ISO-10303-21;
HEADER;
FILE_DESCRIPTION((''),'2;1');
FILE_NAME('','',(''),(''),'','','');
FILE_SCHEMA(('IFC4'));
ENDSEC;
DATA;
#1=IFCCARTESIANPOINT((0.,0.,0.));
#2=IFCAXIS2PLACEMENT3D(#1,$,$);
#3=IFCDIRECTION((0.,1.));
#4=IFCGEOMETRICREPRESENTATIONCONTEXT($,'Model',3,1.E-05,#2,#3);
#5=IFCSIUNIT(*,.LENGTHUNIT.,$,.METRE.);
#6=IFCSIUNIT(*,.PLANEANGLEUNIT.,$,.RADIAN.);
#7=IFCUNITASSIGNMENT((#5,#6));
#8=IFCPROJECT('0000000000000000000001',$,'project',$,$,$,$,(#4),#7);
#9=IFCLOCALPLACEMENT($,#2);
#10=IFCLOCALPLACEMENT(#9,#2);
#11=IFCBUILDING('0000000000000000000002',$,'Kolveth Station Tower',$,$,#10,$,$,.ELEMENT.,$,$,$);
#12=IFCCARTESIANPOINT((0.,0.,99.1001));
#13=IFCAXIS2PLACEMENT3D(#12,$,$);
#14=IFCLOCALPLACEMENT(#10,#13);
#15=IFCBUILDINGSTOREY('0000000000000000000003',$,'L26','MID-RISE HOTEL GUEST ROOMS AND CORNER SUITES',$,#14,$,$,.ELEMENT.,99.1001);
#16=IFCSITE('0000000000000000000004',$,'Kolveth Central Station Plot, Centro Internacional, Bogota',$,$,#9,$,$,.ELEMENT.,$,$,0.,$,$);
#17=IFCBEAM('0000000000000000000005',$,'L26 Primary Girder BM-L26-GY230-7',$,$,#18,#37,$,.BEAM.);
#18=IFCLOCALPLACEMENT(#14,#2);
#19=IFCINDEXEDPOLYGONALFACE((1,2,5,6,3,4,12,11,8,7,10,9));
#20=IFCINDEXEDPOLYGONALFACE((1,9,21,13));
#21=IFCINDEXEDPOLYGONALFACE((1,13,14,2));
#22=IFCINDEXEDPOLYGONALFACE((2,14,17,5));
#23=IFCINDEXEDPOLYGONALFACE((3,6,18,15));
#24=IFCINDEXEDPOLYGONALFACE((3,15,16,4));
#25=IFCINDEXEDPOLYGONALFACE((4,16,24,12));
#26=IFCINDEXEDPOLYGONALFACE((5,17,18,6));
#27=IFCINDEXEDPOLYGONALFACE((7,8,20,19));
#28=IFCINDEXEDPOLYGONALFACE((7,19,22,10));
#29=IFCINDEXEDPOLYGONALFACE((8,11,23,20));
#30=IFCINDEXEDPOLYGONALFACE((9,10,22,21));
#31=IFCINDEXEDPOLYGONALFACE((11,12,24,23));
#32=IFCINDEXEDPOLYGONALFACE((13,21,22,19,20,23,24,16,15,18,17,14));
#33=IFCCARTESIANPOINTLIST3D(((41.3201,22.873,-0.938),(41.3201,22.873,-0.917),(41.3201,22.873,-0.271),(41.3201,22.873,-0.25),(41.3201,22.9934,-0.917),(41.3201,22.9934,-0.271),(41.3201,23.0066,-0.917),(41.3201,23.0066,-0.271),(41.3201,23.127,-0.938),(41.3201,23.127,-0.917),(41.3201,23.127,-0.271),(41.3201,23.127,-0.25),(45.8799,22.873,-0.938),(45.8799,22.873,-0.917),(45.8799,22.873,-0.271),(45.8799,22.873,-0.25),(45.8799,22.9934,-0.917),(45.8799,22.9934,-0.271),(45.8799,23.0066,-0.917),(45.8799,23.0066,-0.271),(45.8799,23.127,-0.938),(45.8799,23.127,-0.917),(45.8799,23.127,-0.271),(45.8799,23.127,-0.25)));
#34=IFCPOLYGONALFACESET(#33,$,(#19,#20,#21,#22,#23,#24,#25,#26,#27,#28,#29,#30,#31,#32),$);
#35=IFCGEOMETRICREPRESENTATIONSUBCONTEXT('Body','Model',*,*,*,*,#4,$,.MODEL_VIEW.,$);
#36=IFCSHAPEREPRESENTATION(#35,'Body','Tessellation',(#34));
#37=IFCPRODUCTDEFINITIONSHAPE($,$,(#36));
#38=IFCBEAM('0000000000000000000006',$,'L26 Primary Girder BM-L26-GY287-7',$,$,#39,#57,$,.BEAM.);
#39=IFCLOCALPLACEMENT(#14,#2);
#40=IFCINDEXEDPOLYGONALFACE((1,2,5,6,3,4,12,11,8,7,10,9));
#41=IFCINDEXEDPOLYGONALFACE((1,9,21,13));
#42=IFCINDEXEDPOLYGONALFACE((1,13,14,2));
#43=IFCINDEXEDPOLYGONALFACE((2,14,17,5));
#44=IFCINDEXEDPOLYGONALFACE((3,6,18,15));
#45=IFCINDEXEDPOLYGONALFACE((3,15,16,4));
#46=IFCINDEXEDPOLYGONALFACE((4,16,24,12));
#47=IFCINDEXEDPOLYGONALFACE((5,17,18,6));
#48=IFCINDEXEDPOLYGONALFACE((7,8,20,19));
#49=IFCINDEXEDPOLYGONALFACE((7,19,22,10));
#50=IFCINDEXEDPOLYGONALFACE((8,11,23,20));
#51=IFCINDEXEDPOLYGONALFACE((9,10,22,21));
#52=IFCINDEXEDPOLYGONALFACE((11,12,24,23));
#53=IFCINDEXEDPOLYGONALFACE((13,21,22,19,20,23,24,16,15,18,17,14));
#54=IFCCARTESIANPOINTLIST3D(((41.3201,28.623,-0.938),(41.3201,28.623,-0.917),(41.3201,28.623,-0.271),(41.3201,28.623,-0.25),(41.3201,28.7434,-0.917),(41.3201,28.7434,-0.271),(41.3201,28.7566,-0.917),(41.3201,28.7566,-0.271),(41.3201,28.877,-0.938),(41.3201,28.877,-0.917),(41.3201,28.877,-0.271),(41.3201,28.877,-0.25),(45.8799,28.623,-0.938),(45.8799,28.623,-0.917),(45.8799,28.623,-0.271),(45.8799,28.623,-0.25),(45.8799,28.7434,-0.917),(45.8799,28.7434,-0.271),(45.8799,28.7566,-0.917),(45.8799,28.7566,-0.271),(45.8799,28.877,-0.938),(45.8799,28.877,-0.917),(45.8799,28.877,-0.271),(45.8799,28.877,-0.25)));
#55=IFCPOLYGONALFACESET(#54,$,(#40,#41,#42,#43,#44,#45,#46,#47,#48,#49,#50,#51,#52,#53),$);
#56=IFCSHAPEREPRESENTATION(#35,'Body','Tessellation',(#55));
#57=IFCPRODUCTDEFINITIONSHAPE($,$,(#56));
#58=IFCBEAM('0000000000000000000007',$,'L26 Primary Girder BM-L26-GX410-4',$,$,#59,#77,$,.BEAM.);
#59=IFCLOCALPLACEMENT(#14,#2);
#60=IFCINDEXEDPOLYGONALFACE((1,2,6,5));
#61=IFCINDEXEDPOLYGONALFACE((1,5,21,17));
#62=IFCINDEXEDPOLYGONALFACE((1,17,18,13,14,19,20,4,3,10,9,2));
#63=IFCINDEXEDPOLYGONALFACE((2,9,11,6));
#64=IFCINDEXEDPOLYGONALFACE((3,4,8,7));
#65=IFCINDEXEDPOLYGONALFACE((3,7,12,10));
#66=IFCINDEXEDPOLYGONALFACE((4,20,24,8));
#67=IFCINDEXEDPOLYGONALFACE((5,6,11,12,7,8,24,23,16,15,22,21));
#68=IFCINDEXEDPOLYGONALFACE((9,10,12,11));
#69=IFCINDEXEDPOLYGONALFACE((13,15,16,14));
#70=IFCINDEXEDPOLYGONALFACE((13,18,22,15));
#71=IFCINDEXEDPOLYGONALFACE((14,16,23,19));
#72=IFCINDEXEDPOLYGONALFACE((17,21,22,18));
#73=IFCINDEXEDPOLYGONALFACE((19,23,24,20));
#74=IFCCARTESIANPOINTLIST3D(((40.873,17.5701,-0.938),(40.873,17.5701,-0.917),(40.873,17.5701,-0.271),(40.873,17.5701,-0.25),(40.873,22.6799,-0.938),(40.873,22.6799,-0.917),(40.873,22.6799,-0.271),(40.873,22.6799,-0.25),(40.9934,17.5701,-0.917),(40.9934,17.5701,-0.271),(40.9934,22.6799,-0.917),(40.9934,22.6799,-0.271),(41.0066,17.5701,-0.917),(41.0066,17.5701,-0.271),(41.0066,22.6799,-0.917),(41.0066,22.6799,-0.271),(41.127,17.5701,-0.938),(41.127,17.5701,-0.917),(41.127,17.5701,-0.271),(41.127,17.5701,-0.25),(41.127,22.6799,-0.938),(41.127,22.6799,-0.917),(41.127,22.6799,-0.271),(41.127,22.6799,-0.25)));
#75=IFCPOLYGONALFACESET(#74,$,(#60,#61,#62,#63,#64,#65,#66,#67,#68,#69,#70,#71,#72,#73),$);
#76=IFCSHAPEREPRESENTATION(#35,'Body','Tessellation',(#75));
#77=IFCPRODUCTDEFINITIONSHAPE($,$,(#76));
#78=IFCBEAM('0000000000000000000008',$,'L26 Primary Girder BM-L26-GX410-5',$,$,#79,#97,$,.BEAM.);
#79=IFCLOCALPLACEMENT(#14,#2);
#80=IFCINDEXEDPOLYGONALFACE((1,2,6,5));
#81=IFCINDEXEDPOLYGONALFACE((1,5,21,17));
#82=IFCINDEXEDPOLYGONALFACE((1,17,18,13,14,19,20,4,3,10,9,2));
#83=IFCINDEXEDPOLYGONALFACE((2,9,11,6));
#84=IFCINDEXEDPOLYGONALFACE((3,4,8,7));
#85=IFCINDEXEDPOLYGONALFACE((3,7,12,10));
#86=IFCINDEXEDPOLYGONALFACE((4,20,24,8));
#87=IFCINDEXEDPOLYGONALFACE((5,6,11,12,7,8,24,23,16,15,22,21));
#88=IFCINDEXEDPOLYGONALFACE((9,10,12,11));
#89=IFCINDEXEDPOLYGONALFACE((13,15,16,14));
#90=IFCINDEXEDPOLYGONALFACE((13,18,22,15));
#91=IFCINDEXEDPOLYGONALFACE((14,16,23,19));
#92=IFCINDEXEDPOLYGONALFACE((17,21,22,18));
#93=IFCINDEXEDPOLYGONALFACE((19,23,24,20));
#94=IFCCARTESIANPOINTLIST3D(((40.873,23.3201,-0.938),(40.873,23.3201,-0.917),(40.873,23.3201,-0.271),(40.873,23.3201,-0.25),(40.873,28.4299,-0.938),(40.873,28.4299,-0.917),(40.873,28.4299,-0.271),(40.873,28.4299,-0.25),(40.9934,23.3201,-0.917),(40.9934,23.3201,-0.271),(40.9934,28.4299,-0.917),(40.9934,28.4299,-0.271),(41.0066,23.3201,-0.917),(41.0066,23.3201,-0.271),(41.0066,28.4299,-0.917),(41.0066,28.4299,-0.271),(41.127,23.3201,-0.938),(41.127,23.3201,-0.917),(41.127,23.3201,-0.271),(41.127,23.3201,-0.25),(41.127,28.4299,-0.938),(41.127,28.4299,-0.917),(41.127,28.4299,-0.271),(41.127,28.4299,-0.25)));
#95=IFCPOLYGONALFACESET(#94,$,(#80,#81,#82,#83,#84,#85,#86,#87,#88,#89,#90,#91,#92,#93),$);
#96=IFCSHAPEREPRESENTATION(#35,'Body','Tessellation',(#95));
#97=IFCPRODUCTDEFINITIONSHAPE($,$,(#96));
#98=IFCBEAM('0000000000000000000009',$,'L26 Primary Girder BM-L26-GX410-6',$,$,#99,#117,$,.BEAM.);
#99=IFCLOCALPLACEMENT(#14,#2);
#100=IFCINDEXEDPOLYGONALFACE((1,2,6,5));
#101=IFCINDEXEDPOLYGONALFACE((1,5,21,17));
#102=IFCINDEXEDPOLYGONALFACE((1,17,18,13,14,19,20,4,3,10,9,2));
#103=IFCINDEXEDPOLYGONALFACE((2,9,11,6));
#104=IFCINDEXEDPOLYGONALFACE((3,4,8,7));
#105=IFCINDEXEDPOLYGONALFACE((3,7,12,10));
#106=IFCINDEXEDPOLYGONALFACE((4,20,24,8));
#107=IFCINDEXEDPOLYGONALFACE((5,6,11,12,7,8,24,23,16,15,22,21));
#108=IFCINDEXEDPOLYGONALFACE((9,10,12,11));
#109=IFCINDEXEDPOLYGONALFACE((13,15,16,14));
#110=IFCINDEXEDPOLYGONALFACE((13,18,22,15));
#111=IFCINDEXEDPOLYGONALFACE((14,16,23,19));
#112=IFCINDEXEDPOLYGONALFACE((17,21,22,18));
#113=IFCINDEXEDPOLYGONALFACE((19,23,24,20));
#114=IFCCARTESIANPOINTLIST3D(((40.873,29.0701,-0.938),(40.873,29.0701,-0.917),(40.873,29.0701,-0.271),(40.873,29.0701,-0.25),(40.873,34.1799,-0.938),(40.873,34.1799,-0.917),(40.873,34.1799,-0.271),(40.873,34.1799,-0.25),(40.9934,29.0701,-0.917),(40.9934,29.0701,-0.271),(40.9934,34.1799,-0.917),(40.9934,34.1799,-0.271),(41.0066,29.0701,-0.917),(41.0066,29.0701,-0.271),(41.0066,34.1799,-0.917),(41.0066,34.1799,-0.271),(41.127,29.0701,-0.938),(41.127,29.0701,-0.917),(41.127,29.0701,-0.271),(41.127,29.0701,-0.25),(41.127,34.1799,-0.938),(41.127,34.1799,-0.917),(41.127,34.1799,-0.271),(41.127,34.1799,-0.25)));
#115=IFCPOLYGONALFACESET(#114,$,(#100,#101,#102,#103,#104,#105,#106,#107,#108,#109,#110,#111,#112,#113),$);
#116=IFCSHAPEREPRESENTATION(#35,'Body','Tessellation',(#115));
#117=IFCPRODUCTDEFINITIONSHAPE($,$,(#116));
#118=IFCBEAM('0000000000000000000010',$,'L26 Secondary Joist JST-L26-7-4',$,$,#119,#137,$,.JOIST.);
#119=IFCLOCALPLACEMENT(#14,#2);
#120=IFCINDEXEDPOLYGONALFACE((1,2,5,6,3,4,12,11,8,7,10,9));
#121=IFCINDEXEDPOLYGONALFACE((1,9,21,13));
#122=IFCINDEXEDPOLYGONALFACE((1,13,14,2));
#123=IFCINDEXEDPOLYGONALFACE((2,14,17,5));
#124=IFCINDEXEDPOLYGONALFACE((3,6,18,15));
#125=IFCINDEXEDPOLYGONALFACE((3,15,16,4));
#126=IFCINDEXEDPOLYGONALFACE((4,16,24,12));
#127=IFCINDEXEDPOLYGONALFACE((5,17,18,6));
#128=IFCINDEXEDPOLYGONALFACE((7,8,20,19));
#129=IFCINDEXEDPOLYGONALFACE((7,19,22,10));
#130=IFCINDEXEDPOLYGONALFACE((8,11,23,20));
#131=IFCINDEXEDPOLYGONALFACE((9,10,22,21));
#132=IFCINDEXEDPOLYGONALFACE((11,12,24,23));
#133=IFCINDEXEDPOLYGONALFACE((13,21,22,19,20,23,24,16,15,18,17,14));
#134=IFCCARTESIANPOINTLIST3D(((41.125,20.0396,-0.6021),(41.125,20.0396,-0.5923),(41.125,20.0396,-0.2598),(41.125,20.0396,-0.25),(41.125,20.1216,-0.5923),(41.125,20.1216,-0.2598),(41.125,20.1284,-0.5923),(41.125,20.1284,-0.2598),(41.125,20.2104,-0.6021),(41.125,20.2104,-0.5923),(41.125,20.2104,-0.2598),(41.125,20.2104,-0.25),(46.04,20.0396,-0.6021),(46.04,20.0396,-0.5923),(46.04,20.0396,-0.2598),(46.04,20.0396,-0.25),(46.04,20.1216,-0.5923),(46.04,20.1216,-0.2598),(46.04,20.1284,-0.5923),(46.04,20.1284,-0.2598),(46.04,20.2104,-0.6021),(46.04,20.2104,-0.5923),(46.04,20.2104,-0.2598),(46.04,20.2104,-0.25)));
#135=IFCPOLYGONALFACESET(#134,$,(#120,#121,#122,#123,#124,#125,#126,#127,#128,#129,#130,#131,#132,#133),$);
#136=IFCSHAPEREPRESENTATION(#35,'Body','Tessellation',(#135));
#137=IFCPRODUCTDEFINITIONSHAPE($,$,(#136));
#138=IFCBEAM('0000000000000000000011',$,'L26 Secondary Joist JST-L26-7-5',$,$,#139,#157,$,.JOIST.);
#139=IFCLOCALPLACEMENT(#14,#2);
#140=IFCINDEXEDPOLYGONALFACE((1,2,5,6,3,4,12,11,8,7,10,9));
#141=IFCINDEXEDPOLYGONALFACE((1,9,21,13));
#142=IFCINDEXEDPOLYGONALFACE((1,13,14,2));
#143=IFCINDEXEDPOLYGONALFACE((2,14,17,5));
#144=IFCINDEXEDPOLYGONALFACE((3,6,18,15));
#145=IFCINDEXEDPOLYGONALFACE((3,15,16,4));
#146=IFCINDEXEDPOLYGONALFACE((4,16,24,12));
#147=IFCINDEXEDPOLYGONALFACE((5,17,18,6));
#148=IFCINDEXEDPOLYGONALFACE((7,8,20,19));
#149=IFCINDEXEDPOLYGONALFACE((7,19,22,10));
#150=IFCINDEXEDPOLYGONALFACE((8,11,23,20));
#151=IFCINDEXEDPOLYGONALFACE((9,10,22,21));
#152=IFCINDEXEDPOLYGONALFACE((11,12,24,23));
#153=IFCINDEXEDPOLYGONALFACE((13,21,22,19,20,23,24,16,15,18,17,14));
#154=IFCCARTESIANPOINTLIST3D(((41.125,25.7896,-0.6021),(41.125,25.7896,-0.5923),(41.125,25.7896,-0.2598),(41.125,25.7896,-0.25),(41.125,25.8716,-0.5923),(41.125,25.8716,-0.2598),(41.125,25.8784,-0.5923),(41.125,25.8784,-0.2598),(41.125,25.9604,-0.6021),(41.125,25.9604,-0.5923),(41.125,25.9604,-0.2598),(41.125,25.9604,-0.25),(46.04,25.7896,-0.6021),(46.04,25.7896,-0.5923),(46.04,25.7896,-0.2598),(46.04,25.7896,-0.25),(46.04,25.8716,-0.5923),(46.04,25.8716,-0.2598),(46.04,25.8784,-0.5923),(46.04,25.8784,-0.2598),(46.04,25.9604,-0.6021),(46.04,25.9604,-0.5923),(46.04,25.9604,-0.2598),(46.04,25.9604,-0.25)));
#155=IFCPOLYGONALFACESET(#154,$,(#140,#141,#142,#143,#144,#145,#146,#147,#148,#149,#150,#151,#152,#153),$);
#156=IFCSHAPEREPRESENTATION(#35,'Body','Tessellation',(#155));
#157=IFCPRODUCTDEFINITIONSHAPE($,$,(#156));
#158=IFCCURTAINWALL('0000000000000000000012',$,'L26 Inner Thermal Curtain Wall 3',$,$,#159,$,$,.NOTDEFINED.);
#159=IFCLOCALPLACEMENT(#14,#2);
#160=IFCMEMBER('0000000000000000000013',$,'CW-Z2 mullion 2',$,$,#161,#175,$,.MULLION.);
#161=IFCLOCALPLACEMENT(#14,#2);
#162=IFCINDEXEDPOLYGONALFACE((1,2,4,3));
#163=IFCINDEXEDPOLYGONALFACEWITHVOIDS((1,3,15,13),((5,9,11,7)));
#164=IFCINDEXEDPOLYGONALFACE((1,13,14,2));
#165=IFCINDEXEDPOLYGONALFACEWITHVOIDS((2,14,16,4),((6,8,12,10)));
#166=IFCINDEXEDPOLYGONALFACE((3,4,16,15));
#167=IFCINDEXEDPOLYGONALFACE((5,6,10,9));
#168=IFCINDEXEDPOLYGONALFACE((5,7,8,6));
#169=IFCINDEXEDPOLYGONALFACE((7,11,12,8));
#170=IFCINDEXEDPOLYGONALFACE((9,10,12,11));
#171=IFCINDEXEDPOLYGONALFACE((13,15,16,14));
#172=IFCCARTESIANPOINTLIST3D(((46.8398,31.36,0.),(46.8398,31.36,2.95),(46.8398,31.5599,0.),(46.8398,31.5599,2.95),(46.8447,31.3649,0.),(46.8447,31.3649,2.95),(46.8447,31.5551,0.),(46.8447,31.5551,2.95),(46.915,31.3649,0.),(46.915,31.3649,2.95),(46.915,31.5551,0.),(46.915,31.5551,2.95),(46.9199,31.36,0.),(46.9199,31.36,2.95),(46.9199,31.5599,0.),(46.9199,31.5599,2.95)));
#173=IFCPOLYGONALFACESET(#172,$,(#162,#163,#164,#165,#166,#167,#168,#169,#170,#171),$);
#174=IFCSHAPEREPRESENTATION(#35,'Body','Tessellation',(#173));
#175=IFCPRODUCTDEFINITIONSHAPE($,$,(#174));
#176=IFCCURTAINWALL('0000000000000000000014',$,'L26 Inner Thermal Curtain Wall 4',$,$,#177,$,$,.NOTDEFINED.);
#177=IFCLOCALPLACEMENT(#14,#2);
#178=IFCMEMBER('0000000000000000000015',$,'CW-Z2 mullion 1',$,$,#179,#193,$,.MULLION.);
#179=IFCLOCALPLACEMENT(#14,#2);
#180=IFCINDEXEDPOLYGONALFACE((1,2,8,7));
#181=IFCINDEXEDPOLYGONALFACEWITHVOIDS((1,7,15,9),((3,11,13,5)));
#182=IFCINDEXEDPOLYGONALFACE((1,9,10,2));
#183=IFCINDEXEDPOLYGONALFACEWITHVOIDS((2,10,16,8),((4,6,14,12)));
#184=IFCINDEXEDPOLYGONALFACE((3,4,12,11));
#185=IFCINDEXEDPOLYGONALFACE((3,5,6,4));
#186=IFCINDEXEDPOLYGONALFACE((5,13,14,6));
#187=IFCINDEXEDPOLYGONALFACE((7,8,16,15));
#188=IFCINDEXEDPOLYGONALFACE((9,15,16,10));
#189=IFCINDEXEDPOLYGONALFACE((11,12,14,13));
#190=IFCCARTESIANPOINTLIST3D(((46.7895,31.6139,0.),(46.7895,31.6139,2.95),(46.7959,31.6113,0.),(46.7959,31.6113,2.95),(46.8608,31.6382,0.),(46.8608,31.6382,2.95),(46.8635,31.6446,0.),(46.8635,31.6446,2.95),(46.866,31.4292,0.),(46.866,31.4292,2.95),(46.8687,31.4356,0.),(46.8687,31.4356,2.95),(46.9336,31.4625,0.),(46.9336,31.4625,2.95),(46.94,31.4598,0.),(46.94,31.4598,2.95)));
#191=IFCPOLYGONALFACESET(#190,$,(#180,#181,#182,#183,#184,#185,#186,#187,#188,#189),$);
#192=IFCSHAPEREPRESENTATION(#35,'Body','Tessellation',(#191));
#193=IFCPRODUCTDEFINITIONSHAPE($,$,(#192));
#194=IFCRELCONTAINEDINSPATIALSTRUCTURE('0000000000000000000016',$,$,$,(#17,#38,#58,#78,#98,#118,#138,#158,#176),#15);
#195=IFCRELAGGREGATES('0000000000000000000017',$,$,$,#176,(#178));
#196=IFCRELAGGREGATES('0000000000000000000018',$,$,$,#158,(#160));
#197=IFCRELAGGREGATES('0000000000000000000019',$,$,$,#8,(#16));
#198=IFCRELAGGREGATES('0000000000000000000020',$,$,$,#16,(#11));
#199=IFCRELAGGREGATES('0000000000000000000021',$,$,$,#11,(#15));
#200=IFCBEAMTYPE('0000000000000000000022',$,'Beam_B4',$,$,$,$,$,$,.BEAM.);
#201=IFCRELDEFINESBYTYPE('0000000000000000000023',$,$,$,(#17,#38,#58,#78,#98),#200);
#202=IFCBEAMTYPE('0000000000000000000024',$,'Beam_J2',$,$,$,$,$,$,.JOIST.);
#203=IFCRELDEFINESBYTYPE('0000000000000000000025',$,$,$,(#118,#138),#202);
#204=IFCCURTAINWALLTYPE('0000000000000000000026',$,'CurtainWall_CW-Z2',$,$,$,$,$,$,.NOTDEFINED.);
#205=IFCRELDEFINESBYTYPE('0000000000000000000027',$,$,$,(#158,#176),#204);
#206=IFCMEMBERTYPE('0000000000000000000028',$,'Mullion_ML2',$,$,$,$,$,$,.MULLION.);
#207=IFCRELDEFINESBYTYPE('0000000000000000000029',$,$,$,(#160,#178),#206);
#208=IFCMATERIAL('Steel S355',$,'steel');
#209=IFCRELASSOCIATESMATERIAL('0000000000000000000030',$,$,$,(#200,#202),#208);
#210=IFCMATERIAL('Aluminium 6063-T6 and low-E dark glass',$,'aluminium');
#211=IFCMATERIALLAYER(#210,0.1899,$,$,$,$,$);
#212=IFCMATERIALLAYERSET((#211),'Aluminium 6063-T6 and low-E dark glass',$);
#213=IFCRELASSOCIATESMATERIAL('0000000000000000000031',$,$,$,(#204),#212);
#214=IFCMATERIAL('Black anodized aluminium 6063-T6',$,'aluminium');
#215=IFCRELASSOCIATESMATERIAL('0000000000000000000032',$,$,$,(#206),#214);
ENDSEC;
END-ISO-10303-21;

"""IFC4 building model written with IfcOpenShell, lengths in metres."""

from ifc_helpers import new_model, si_unit, direction, frame, origin, origin_2d, place, context, subcontext, project, spatial, hollow_rectangle, i_section, extrude, source, transform, mapped, material, layer, layer_set, material_profile, profile_set, type_object, element, aggregate, save


model = new_model("IFC4")

# Units and contexts
model_context = context("Model", 3, precision=1e-05, world=origin(), true_north=direction((0.0, 1.0)))
body_context = subcontext(model_context, "Body", "Model", "MODEL_VIEW")
ifc_project = project(units=[si_unit("LENGTHUNIT", "METRE"), si_unit("PLANEANGLEUNIT", "RADIAN")], contexts=[model_context])

# Site, building, storey
site_placement = place(None, origin())
site = spatial("IfcSite", under=ifc_project, at=site_placement, Name="Kolveth Central Station Plot, Centro Internacional, Bogota", CompositionType="ELEMENT", RefElevation=0.0)
building_placement = place(site_placement, origin())
building = spatial("IfcBuilding", under=site, at=building_placement, Name="Kolveth Station Tower", CompositionType="ELEMENT")
storey_placement = place(building_placement, frame((0.0, 0.0, 99.1001)))
storey = spatial("IfcBuildingStorey", under=building, at=storey_placement, Name="L26", Description="MID-RISE HOTEL GUEST ROOMS AND CORNER SUITES", CompositionType="ELEMENT", Elevation=99.1001)

# Beams
ifc_material_1 = material(Name="Steel S355", Category="steel")
ifc_material_profile_1 = material_profile(ifc_material_1, i_section(OverallWidth=0.2539, OverallDepth=0.688, WebThickness=0.0132, FlangeThickness=0.021, at=origin_2d()), Name="W690x152")
ifc_profile_set_1 = profile_set([ifc_material_profile_1], Name="Steel S355")
beam_type_1 = type_object("IfcBeamType", Name="Beam_B4", PredefinedType="BEAM", material=ifc_profile_set_1)
shared_shape_1 = source(origin(), body_context, "Body", "SweptSolid", [
    extrude(i_section(OverallWidth=0.2539, OverallDepth=0.688, WebThickness=0.0132, FlangeThickness=0.021, at=origin_2d()), origin(), (0.0, 0.0, 1.0), 4.5598),
])
for number, where, z_axis, x_axis, name in (
    (1, (41.3201, 23.0, -0.594), (1.0, 0.0, 0.0), (0.0, 1.0, 0.0), "L26 Primary Girder BM-L26-GY230-7"),
    (2, (41.3201, 28.75, -0.594), (1.0, 0.0, 0.0), (0.0, 1.0, 0.0), "L26 Primary Girder BM-L26-GY287-7"),
):
    element("IfcBeam", number, at=place(storey_placement, frame(where, z_axis=z_axis, x_axis=x_axis)), inside=storey, type_object=beam_type_1, Name=name, PredefinedType="BEAM", context=body_context, shape_type="MappedRepresentation", body=[
        mapped(shared_shape_1, transform((0.0, 0.0, 0.0), x_axis=(1.0, 0.0, 0.0), y_axis=(0.0, 1.0, 0.0), z_axis=(0.0, 0.0, 1.0), scale=1.0)),
    ])
shared_shape_2 = source(origin(), body_context, "Body", "SweptSolid", [
    extrude(i_section(OverallWidth=0.2539, OverallDepth=0.688, WebThickness=0.0132, FlangeThickness=0.021, at=origin_2d()), origin(), (0.0, 0.0, 1.0), 5.1099),
])
for number, where, z_axis, x_axis, name in (
    (3, (41.0, 17.5701, -0.594), (0.0, 1.0, 0.0), (-1.0, 0.0, 0.0), "L26 Primary Girder BM-L26-GX410-4"),
    (4, (41.0, 23.3201, -0.594), (0.0, 1.0, 0.0), (-1.0, 0.0, 0.0), "L26 Primary Girder BM-L26-GX410-5"),
    (5, (41.0, 29.0701, -0.594), (0.0, 1.0, 0.0), (-1.0, 0.0, 0.0), "L26 Primary Girder BM-L26-GX410-6"),
):
    element("IfcBeam", number, at=place(storey_placement, frame(where, z_axis=z_axis, x_axis=x_axis)), inside=storey, type_object=beam_type_1, Name=name, PredefinedType="BEAM", context=body_context, shape_type="MappedRepresentation", body=[
        mapped(shared_shape_2, transform((0.0, 0.0, 0.0), x_axis=(1.0, 0.0, 0.0), y_axis=(0.0, 1.0, 0.0), z_axis=(0.0, 0.0, 1.0), scale=1.0)),
    ])
ifc_material_profile_2 = material_profile(ifc_material_1, i_section(OverallWidth=0.1709, OverallDepth=0.3521, WebThickness=0.0068, FlangeThickness=0.0098, at=origin_2d()), Name="W360x44")
ifc_profile_set_2 = profile_set([ifc_material_profile_2], Name="Steel S355")
beam_type_2 = type_object("IfcBeamType", Name="Beam_J2", PredefinedType="JOIST", material=ifc_profile_set_2)
shared_shape_3 = source(origin(), body_context, "Body", "SweptSolid", [
    extrude(i_section(OverallWidth=0.1709, OverallDepth=0.3521, WebThickness=0.0068, FlangeThickness=0.0098, at=origin_2d()), origin(), (0.0, 0.0, 1.0), 4.915),
])
for number, where, z_axis, x_axis, name in (
    (6, (41.125, 20.125, -0.426), (1.0, 0.0, 0.0), (0.0, 1.0, 0.0), "L26 Secondary Joist JST-L26-7-4"),
    (7, (41.125, 25.875, -0.426), (1.0, 0.0, 0.0), (0.0, 1.0, 0.0), "L26 Secondary Joist JST-L26-7-5"),
):
    element("IfcBeam", number, at=place(storey_placement, frame(where, z_axis=z_axis, x_axis=x_axis)), inside=storey, type_object=beam_type_2, Name=name, PredefinedType="JOIST", context=body_context, shape_type="MappedRepresentation", body=[
        mapped(shared_shape_3, transform((0.0, 0.0, 0.0), x_axis=(1.0, 0.0, 0.0), y_axis=(0.0, 1.0, 0.0), z_axis=(0.0, 0.0, 1.0), scale=1.0)),
    ])

# Curtain wall, member
ifc_material_2 = material(Name="Aluminium 6063-T6 and low-E dark glass", Category="aluminium")
ifc_layer_1 = layer(ifc_material_2, 0.1899)
ifc_layer_set_1 = layer_set([ifc_layer_1], Name="Aluminium 6063-T6 and low-E dark glass")
curtain_wall_type = type_object("IfcCurtainWallType", Name="CurtainWall_CW-Z2", PredefinedType="NOTDEFINED", material=ifc_layer_set_1)
curtain_wall_1_placement = place(storey_placement, origin())
curtain_wall_1 = element("IfcCurtainWall", 8, at=curtain_wall_1_placement, inside=storey, type_object=curtain_wall_type, Name="L26 Inner Thermal Curtain Wall 3", PredefinedType="NOTDEFINED")
ifc_material_3 = material(Name="Black anodized aluminium 6063-T6", Category="aluminium")
ifc_material_profile_3 = material_profile(ifc_material_3, hollow_rectangle(XDim=0.0801, YDim=0.2, WallThickness=0.0049, at=origin_2d()), Name="ALU-80x200x5")
ifc_profile_set_3 = profile_set([ifc_material_profile_3], Name="Black anodized aluminium 6063-T6")
member_type_1 = type_object("IfcMemberType", Name="Mullion_ML2", PredefinedType="MULLION", material=ifc_profile_set_3)
shared_shape_4 = source(origin(), body_context, "Body", "SweptSolid", [
    extrude(hollow_rectangle(XDim=0.0801, YDim=0.2, WallThickness=0.0049, at=origin_2d()), origin(), (0.0, 0.0, 1.0), 2.95),
])
member_1_placement = place(storey_placement, frame((46.8799, 31.46, 0.0), z_axis=(0.0, 0.0, 1.0), x_axis=(-1.0, 0.0, 0.0)))
member_1 = element("IfcMember", 9, at=member_1_placement, type_object=member_type_1, Name="CW-Z2 mullion 2", PredefinedType="MULLION", context=body_context, shape_type="MappedRepresentation", body=[
    mapped(shared_shape_4, transform((0.0, 0.0, 0.0), x_axis=(1.0, 0.0, 0.0), y_axis=(0.0, 1.0, 0.0), z_axis=(0.0, 0.0, 1.0), scale=1.0)),
])

# Curtain wall, member
curtain_wall_2_placement = place(storey_placement, origin())
curtain_wall_2 = element("IfcCurtainWall", 10, at=curtain_wall_2_placement, inside=storey, type_object=curtain_wall_type, Name="L26 Inner Thermal Curtain Wall 4", PredefinedType="NOTDEFINED")
member_2_placement = place(storey_placement, frame((46.8647, 31.5369, 0.0), z_axis=(0.0, 0.0, 1.0), x_axis=(-0.923888, -0.382663, 0.0)))
member_2 = element("IfcMember", 11, at=member_2_placement, type_object=member_type_1, Name="CW-Z2 mullion 1", PredefinedType="MULLION", context=body_context, shape_type="MappedRepresentation", body=[
    mapped(shared_shape_4, transform((0.0, 0.0, 0.0), x_axis=(1.0, 0.0, 0.0), y_axis=(0.0, 1.0, 0.0), z_axis=(0.0, 0.0, 1.0), scale=1.0)),
])
aggregate(curtain_wall_2, [member_2])

aggregate(curtain_wall_1, [member_1])

save(model, "model.ifc")
